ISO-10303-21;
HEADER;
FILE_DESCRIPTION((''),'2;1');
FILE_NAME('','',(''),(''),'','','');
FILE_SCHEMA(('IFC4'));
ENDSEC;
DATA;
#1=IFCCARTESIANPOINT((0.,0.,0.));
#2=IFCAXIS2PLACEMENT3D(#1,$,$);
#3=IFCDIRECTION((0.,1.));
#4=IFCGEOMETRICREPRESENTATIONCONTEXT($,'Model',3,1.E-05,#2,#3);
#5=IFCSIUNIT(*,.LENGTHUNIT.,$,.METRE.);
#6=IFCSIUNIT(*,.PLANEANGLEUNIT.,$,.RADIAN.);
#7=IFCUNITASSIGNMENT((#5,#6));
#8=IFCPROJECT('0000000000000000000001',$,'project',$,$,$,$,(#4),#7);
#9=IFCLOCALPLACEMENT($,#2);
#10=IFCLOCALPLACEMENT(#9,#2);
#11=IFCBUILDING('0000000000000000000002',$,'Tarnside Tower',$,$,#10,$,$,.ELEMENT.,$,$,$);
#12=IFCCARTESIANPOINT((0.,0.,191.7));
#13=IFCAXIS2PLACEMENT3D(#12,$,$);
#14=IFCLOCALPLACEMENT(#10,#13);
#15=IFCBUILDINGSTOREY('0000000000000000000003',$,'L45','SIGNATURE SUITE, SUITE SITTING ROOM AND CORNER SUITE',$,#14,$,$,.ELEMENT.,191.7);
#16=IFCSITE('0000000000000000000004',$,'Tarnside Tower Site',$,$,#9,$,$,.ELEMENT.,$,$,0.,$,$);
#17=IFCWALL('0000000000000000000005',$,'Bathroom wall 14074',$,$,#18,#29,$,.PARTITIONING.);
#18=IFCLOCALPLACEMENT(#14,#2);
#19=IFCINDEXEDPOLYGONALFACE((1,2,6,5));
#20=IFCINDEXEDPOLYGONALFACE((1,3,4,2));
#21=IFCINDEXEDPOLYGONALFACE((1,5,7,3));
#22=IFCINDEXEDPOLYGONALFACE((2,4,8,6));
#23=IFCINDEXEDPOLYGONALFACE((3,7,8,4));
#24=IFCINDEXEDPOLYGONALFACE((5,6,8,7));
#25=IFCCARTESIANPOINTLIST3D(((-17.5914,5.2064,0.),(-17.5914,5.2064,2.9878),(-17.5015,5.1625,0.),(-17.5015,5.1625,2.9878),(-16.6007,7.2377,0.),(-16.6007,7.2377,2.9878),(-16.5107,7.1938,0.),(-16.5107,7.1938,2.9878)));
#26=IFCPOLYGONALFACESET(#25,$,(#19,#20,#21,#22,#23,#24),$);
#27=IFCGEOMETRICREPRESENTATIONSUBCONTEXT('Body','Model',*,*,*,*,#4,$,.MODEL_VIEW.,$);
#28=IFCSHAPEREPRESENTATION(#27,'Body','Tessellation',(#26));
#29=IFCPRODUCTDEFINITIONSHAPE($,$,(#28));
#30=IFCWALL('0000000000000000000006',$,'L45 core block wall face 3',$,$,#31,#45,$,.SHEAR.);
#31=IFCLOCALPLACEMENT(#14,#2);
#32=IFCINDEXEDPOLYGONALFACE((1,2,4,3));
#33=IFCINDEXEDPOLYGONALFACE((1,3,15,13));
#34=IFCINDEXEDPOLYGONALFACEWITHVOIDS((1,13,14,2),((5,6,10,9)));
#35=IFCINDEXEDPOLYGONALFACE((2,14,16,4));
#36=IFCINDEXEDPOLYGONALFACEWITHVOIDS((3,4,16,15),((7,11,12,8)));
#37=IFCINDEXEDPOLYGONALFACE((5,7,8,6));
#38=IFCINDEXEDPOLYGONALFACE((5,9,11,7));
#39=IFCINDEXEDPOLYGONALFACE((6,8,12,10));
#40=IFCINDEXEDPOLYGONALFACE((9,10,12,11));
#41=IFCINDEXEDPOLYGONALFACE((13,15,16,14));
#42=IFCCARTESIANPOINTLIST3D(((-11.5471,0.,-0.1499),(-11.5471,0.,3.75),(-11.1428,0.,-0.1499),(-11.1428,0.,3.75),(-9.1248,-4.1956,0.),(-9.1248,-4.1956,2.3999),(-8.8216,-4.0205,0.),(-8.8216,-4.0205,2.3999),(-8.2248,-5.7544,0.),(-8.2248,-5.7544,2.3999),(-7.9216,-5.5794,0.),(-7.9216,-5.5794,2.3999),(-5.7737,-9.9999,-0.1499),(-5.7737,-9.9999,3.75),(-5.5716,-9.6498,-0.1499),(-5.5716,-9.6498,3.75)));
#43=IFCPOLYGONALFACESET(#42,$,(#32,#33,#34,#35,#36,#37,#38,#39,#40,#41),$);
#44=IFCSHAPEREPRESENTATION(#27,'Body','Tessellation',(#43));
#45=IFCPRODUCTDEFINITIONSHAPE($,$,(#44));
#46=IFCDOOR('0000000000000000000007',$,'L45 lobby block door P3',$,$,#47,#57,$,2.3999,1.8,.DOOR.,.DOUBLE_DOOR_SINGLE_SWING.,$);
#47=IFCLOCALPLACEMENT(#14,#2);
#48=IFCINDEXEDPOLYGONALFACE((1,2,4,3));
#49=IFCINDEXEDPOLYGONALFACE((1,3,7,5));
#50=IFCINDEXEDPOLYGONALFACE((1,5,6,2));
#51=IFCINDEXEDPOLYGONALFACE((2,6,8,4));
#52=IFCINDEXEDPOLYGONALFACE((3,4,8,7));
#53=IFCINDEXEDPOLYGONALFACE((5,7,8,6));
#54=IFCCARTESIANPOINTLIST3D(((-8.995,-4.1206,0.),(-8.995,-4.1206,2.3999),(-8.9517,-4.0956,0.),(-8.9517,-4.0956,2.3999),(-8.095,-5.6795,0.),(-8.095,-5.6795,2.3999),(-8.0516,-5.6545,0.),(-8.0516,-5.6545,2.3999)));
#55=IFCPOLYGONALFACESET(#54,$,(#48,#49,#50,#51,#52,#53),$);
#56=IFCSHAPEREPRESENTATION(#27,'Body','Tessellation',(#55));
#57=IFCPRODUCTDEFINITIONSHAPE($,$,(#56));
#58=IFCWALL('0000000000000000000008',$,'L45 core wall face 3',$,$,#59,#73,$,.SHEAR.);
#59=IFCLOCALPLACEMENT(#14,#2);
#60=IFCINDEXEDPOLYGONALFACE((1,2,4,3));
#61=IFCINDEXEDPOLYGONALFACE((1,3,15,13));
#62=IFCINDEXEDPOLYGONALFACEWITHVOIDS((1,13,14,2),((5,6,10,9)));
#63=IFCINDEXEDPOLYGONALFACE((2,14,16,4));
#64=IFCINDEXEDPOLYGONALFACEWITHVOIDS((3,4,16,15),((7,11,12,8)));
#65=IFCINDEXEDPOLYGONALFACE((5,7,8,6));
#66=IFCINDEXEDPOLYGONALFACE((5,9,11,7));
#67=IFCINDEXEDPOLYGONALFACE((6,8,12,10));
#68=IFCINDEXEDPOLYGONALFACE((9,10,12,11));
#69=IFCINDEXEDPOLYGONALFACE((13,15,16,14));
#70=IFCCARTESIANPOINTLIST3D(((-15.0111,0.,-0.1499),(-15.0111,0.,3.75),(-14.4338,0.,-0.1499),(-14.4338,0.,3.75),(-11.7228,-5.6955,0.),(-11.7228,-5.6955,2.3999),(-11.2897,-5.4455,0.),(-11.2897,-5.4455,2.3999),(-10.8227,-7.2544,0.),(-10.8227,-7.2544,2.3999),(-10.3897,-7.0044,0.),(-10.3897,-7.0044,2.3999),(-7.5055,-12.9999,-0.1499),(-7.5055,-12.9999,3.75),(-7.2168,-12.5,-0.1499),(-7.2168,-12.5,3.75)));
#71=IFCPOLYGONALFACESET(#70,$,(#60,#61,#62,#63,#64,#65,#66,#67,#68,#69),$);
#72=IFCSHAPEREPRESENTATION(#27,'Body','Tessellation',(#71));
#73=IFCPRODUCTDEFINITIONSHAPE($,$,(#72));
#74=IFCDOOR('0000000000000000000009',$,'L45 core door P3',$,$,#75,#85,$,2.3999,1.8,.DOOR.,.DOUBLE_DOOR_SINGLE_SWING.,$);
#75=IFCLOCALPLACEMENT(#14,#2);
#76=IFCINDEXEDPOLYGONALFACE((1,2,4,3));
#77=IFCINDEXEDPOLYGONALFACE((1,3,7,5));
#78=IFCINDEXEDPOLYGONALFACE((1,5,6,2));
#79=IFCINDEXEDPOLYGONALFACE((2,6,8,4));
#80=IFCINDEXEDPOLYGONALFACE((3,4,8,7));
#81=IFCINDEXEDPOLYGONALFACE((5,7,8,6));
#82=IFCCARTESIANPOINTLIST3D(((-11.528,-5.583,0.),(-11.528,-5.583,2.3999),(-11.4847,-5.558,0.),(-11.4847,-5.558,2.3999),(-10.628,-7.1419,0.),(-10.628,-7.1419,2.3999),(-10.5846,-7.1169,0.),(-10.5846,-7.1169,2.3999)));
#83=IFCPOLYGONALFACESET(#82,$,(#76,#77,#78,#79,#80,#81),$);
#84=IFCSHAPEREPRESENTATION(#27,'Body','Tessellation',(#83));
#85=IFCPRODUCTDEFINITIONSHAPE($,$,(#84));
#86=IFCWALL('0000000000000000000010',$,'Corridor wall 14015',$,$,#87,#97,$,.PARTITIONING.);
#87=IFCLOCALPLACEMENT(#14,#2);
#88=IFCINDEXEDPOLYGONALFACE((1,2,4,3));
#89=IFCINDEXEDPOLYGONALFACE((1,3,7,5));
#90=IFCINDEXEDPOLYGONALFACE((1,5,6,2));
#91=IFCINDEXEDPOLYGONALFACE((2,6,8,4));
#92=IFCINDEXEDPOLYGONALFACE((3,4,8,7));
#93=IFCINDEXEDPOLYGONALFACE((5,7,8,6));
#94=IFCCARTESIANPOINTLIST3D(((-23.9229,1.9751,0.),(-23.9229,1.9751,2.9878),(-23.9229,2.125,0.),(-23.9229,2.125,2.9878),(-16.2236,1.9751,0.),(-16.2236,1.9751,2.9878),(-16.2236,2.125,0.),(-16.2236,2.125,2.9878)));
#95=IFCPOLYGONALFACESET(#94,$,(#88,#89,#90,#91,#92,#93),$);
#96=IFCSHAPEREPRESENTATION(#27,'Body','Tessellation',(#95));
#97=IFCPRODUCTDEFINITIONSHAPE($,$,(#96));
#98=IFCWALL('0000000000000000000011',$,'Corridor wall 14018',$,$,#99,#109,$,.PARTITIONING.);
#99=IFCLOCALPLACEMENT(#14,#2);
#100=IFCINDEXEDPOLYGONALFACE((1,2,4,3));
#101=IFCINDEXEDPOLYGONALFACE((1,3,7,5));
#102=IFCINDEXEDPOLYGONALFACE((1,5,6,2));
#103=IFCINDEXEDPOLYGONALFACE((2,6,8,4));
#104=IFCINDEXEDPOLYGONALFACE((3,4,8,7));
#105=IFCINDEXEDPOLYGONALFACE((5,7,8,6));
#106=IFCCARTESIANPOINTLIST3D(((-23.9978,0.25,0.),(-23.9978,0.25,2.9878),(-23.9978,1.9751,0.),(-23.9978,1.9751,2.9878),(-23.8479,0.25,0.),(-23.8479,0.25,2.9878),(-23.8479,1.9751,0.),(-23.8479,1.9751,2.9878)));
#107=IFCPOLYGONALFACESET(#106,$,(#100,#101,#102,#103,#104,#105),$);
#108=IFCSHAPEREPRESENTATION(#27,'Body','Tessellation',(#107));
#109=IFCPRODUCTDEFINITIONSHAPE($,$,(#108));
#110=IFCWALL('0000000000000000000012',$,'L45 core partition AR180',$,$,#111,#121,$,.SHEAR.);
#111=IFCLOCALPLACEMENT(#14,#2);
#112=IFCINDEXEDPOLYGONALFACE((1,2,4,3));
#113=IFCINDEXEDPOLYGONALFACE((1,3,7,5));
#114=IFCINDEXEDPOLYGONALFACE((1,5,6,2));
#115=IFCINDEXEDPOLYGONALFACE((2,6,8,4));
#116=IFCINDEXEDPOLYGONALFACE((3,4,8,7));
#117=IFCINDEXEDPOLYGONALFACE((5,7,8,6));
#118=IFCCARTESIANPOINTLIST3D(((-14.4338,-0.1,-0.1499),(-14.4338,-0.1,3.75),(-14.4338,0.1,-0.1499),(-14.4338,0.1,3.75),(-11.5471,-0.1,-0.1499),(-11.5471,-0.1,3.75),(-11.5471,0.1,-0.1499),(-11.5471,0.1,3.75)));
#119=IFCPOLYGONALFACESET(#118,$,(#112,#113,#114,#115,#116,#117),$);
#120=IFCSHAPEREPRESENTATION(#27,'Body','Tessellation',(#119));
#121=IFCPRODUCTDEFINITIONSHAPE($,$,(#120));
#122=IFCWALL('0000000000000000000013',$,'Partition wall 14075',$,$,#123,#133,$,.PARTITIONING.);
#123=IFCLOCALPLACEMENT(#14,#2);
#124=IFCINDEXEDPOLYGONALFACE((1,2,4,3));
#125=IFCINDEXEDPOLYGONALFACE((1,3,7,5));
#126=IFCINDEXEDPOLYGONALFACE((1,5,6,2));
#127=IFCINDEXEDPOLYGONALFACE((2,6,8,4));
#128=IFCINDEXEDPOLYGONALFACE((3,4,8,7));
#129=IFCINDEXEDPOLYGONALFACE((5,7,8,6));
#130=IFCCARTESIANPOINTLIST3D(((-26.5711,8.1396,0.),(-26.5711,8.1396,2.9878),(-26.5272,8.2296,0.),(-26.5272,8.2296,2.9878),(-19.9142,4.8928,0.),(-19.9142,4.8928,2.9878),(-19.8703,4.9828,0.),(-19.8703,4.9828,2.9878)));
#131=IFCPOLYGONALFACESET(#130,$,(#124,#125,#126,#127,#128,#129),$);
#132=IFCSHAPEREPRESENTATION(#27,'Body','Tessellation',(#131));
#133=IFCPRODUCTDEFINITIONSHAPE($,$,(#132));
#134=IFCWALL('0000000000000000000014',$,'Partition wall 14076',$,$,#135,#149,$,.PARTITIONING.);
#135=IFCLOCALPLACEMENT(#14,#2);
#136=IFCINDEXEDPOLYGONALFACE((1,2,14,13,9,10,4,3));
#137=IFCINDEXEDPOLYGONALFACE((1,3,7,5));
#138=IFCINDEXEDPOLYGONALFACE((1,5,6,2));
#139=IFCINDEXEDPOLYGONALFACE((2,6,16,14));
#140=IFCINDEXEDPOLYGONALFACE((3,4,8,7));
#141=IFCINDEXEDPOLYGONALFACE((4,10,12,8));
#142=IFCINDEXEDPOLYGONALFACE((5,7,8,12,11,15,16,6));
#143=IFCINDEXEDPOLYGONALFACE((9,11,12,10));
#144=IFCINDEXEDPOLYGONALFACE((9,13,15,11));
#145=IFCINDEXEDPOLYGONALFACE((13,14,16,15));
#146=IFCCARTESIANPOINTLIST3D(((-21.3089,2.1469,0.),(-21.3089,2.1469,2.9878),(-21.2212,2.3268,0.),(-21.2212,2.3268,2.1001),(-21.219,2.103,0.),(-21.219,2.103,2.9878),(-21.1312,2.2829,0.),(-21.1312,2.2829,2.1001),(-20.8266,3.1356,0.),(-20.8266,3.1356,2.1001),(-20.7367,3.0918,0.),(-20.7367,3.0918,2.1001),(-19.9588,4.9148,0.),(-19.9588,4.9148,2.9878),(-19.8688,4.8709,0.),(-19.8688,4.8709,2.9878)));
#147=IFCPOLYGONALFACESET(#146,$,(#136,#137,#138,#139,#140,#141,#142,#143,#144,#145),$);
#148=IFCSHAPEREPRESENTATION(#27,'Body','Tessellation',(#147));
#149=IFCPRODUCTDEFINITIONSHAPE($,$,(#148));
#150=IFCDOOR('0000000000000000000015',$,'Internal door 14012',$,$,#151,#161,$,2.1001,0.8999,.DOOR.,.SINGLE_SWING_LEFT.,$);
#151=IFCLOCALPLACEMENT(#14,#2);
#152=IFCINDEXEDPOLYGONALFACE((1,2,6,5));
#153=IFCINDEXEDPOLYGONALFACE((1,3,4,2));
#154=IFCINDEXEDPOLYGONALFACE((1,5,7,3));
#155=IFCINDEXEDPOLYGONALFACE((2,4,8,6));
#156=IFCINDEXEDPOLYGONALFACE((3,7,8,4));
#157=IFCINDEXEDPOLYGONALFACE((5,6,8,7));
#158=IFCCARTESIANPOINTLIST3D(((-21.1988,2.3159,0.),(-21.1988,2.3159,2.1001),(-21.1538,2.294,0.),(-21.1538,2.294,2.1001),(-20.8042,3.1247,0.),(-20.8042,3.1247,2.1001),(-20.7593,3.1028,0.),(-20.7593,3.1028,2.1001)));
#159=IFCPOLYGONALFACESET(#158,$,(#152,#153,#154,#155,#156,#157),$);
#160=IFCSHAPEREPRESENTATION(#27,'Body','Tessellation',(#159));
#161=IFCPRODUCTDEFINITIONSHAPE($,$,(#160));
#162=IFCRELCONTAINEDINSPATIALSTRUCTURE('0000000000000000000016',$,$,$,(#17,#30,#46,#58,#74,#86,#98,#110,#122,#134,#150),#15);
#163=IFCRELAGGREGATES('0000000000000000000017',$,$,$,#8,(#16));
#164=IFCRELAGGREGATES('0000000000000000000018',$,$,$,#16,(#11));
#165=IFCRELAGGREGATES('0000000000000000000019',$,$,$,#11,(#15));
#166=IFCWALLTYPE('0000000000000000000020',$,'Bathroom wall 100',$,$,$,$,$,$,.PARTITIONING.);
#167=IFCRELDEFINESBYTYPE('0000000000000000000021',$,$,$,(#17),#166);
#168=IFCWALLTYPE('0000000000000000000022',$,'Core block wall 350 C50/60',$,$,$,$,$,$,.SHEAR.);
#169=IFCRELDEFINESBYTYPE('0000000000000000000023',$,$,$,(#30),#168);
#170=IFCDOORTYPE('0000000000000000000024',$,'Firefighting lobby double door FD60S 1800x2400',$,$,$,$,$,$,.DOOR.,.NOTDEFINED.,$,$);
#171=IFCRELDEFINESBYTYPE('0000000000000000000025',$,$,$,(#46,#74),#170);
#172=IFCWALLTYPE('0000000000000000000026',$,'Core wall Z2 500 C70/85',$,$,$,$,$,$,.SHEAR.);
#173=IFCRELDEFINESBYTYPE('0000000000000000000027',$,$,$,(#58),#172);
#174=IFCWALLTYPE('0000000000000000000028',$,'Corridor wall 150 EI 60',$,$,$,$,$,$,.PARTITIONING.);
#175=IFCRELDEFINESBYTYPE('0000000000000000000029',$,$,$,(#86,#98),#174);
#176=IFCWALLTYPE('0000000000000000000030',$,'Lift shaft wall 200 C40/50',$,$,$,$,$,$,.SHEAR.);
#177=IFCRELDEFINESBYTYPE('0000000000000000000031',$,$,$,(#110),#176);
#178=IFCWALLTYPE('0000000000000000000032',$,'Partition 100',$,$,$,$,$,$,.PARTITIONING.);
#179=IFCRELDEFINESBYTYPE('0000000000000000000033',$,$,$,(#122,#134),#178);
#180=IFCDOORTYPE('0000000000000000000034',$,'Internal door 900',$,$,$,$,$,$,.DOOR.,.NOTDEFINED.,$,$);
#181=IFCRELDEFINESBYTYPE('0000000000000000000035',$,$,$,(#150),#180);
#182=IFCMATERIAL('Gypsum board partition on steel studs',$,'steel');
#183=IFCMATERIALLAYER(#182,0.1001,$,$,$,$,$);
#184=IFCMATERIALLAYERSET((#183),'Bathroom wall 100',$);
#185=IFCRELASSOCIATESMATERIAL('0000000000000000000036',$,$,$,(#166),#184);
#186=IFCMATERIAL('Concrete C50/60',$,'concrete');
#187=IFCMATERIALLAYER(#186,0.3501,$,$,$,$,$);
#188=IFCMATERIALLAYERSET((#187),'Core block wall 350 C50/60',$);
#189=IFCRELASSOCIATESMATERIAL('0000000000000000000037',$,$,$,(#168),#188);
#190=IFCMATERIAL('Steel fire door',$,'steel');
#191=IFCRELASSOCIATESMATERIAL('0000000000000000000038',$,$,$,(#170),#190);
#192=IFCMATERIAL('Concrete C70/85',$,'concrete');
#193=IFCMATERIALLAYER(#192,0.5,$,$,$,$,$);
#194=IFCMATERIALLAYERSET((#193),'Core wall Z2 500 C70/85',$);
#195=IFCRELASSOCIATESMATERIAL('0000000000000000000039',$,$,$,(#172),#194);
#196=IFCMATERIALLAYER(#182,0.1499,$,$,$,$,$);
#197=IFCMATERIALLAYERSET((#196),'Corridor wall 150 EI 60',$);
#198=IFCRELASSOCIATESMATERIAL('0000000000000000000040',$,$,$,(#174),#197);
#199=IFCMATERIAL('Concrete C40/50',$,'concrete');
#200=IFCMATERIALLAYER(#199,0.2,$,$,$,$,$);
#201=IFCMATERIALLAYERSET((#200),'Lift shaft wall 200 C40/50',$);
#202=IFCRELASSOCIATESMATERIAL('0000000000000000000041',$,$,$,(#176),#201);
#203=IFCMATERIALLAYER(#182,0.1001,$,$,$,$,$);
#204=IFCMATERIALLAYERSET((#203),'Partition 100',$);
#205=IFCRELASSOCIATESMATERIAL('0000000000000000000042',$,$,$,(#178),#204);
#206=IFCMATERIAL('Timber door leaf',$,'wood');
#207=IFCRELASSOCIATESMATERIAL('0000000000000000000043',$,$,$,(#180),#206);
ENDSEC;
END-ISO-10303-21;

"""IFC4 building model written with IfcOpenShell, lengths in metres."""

from ifc_helpers import new_model, si_unit, direction, frame, frame_2d, origin, place, context, subcontext, project, spatial, polyline, rectangle, outline, extrude, material, layer, layer_set, type_object, element, fill, save


model = new_model("IFC4")

# Units and contexts
model_context = context("Model", 3, precision=1e-05, world=origin(), true_north=direction((0.0, 1.0)))
body_context = subcontext(model_context, "Body", "Model", "MODEL_VIEW")
ifc_project = project(units=[si_unit("LENGTHUNIT", "METRE"), si_unit("PLANEANGLEUNIT", "RADIAN")], contexts=[model_context])

# Site, building, storey
site_placement = place(None, origin())
site = spatial("IfcSite", under=ifc_project, at=site_placement, Name="Tarnside Tower Site", CompositionType="ELEMENT", RefElevation=0.0)
building_placement = place(site_placement, origin())
building = spatial("IfcBuilding", under=site, at=building_placement, Name="Tarnside Tower", CompositionType="ELEMENT")
storey_placement = place(building_placement, frame((0.0, 0.0, 191.7)))
storey = spatial("IfcBuildingStorey", under=building, at=storey_placement, Name="L45", Description="SIGNATURE SUITE, SUITE SITTING ROOM AND CORNER SUITE", CompositionType="ELEMENT", Elevation=191.7)

# Shared definitions
ifc_material_1 = material(Name="Gypsum board partition on steel studs", Category="steel")
ifc_layer_1 = layer(ifc_material_1, 0.1001)
ifc_layer_set_1 = layer_set([ifc_layer_1], Name="Bathroom wall 100")
wall_type_1 = type_object("IfcWallType", Name="Bathroom wall 100", PredefinedType="PARTITIONING", material=ifc_layer_set_1)

# Shared definitions
ifc_material_2 = material(Name="Timber door leaf", Category="wood")

# Wall
wall_1_placement = place(storey_placement, frame((-17.5464, 5.1846, 0.0), z_axis=(0.0, 0.0, 1.0), x_axis=(0.438377, 0.898791, 0.0)))
element("IfcWall", 1, at=wall_1_placement, inside=storey, type_object=wall_type_1, Name="Bathroom wall 14074", PredefinedType="PARTITIONING", context=body_context, shape_type="SweptSolid", body=[
    extrude(rectangle(XDim=2.26, YDim=0.1001, at=frame_2d((1.1299, 0.0))), origin(), (0.0, 0.0, 1.0), 2.9878),
])

# Walls, openings, doors
ifc_material_3 = material(Name="Concrete C50/60", Category="concrete")
ifc_layer_2 = layer(ifc_material_3, 0.3501)
ifc_layer_set_2 = layer_set([ifc_layer_2], Name="Core block wall 350 C50/60")
wall_type_2 = type_object("IfcWallType", Name="Core block wall 350 C50/60", PredefinedType="SHEAR", material=ifc_layer_set_2)
wall_2_placement = place(storey_placement, frame((-11.345, 0.0, -0.1499), z_axis=(0.0, 0.0, 1.0), x_axis=(0.499995, -0.866028, 0.0)))
wall_2 = element("IfcWall", 2, at=wall_2_placement, inside=storey, type_object=wall_type_2, Name="L45 core block wall face 3", PredefinedType="SHEAR", context=body_context, shape_type="SweptSolid", body=[
    extrude(outline(polyline([(-0.1011, -0.175), (11.4458, -0.175), (11.2437, 0.175), (0.1011, 0.175), (-0.1011, -0.175)])), origin(), (0.0, 0.0, 1.0), 3.8999),
])
opening_1_placement = place(wall_2_placement, frame((4.7437, 0.0, 0.1499)))
opening_1 = element("IfcOpeningElement", 3, at=opening_1_placement, cuts=wall_2, PredefinedType="OPENING", context=body_context, shape_type="SweptSolid", body=[
    extrude(rectangle(XDim=1.8, YDim=2.3999, at=frame_2d((0.8999, 1.2))), frame((0.0, 0.1851, 0.0), z_axis=(0.0, -1.0, 0.0), x_axis=(1.0, 0.0, 0.0)), (0.0, 0.0, 1.0), 0.3701),
])
ifc_material_4 = material(Name="Steel fire door", Category="steel")
door_type_1 = type_object("IfcDoorType", Name="Firefighting lobby double door FD60S 1800x2400", OperationType="NOTDEFINED", PredefinedType="DOOR", material=ifc_material_4)
door_1_placement = place(opening_1_placement, origin())
door_1 = element("IfcDoor", 4, at=door_1_placement, inside=storey, type_object=door_type_1, Name="L45 lobby block door P3", OperationType="DOUBLE_DOOR_SINGLE_SWING", OverallHeight=2.3999, OverallWidth=1.8, PredefinedType="DOOR", context=body_context, shape_type="SweptSolid", body=[
    extrude(rectangle(XDim=1.8, YDim=2.3999, at=frame_2d((0.8999, 1.2))), frame((0.0, 0.0249, 0.0), z_axis=(0.0, -1.0, 0.0), x_axis=(1.0, 0.0, 0.0)), (0.0, 0.0, 1.0), 0.05),
])
fill(opening_1, door_1)
ifc_material_5 = material(Name="Concrete C70/85", Category="concrete")
ifc_layer_3 = layer(ifc_material_5, 0.5)
ifc_layer_set_3 = layer_set([ifc_layer_3], Name="Core wall Z2 500 C70/85")
wall_type_3 = type_object("IfcWallType", Name="Core wall Z2 500 C70/85", PredefinedType="SHEAR", material=ifc_layer_set_3)
wall_3_placement = place(storey_placement, frame((-14.7224, 0.0, -0.1499), z_axis=(0.0, 0.0, 1.0), x_axis=(0.500006, -0.866022, 0.0)))
wall_3 = element("IfcWall", 5, at=wall_3_placement, inside=storey, type_object=wall_type_3, Name="L45 core wall face 3", PredefinedType="SHEAR", context=body_context, shape_type="SweptSolid", body=[
    extrude(outline(polyline([(-0.1443, -0.25), (14.8667, -0.25), (14.5781, 0.25), (0.1443, 0.25), (-0.1443, -0.25)])), origin(), (0.0, 0.0, 1.0), 3.8999),
])
opening_2_placement = place(wall_3_placement, frame((6.4324, 0.0, 0.1499)))
opening_2 = element("IfcOpeningElement", 6, at=opening_2_placement, cuts=wall_3, PredefinedType="OPENING", context=body_context, shape_type="SweptSolid", body=[
    extrude(rectangle(XDim=1.8, YDim=2.3999, at=frame_2d((0.8999, 1.2))), frame((0.0, 0.26, 0.0), z_axis=(0.0, -1.0, 0.0), x_axis=(1.0, 0.0, 0.0)), (0.0, 0.0, 1.0), 0.52),
])
door_2_placement = place(opening_2_placement, origin())
door_2 = element("IfcDoor", 7, at=door_2_placement, inside=storey, type_object=door_type_1, Name="L45 core door P3", OperationType="DOUBLE_DOOR_SINGLE_SWING", OverallHeight=2.3999, OverallWidth=1.8, PredefinedType="DOOR", context=body_context, shape_type="SweptSolid", body=[
    extrude(rectangle(XDim=1.8, YDim=2.3999, at=frame_2d((0.8999, 1.2))), frame((0.0, 0.0249, 0.0), z_axis=(0.0, -1.0, 0.0), x_axis=(1.0, 0.0, 0.0)), (0.0, 0.0, 1.0), 0.05),
])
fill(opening_2, door_2)

# Walls
ifc_layer_4 = layer(ifc_material_1, 0.1499)
ifc_layer_set_4 = layer_set([ifc_layer_4], Name="Corridor wall 150 EI 60")
wall_type_4 = type_object("IfcWallType", Name="Corridor wall 150 EI 60", PredefinedType="PARTITIONING", material=ifc_layer_set_4)
wall_4_placement = place(storey_placement, frame((-16.2236, 2.05, 0.0), z_axis=(0.0, 0.0, 1.0), x_axis=(-1.0, 0.0, 0.0)))
element("IfcWall", 8, at=wall_4_placement, inside=storey, type_object=wall_type_4, Name="Corridor wall 14015", PredefinedType="PARTITIONING", context=body_context, shape_type="SweptSolid", body=[
    extrude(rectangle(XDim=7.6992, YDim=0.1499, at=frame_2d((3.8496, 0.0))), origin(), (0.0, 0.0, 1.0), 2.9878),
])
wall_5_placement = place(storey_placement, frame((-23.9229, 1.9751, 0.0), z_axis=(0.0, 0.0, 1.0), x_axis=(0.0, -1.0, 0.0)))
element("IfcWall", 9, at=wall_5_placement, inside=storey, type_object=wall_type_4, Name="Corridor wall 14018", PredefinedType="PARTITIONING", context=body_context, shape_type="SweptSolid", body=[
    extrude(rectangle(XDim=1.7251, YDim=0.1499, at=frame_2d((0.8625, 0.0))), origin(), (0.0, 0.0, 1.0), 2.9878),
])
ifc_material_6 = material(Name="Concrete C40/50", Category="concrete")
ifc_layer_5 = layer(ifc_material_6, 0.2)
ifc_layer_set_5 = layer_set([ifc_layer_5], Name="Lift shaft wall 200 C40/50")
wall_type_5 = type_object("IfcWallType", Name="Lift shaft wall 200 C40/50", PredefinedType="SHEAR", material=ifc_layer_set_5)
wall_6_placement = place(storey_placement, frame((-11.5471, 0.0, -0.1499), z_axis=(0.0, 0.0, 1.0), x_axis=(-1.0, 0.0, 0.0)))
element("IfcWall", 10, at=wall_6_placement, inside=storey, type_object=wall_type_5, Name="L45 core partition AR180", PredefinedType="SHEAR", context=body_context, shape_type="SweptSolid", body=[
    extrude(rectangle(XDim=2.8867, YDim=0.2, at=frame_2d((1.4434, 0.0))), origin(), (0.0, 0.0, 1.0), 3.8999),
])
ifc_layer_6 = layer(ifc_material_1, 0.1001)
ifc_layer_set_6 = layer_set([ifc_layer_6], Name="Partition 100")
wall_type_6 = type_object("IfcWallType", Name="Partition 100", PredefinedType="PARTITIONING", material=ifc_layer_set_6)
wall_7_placement = place(storey_placement, frame((-26.5491, 8.1846, 0.0), z_axis=(0.0, 0.0, 1.0), x_axis=(0.898794, -0.438371, 0.0)))
element("IfcWall", 11, at=wall_7_placement, inside=storey, type_object=wall_type_6, Name="Partition wall 14075", PredefinedType="PARTITIONING", context=body_context, shape_type="SweptSolid", body=[
    extrude(rectangle(XDim=7.4065, YDim=0.1001, at=frame_2d((3.7031, 0.0))), origin(), (0.0, 0.0, 1.0), 2.9878),
])

# Wall, opening, door
wall_8_placement = place(storey_placement, frame((-19.9138, 4.8928, 0.0), z_axis=(0.0, 0.0, 1.0), x_axis=(-0.438408, -0.898776, 0.0)))
wall_8 = element("IfcWall", 12, at=wall_8_placement, inside=storey, type_object=wall_type_6, Name="Partition wall 14076", PredefinedType="PARTITIONING", context=body_context, shape_type="SweptSolid", body=[
    extrude(rectangle(XDim=3.0796, YDim=0.1001, at=frame_2d((1.5398, 0.0))), origin(), (0.0, 0.0, 1.0), 2.9878),
])
opening_3_placement = place(wall_8_placement, frame((1.9795, 0.0, 0.0)))
opening_3 = element("IfcOpeningElement", 13, at=opening_3_placement, cuts=wall_8, PredefinedType="OPENING", context=body_context, shape_type="SweptSolid", body=[
    extrude(rectangle(XDim=0.8999, YDim=2.1001, at=frame_2d((0.45, 1.05))), frame((0.0, 0.0601, 0.0), z_axis=(0.0, -1.0, 0.0), x_axis=(1.0, 0.0, 0.0)), (0.0, 0.0, 1.0), 0.1201),
])
door_type_2 = type_object("IfcDoorType", Name="Internal door 900", OperationType="NOTDEFINED", PredefinedType="DOOR", material=ifc_material_2)
door_3_placement = place(opening_3_placement, origin())
door_3 = element("IfcDoor", 14, at=door_3_placement, inside=storey, type_object=door_type_2, Name="Internal door 14012", OperationType="SINGLE_SWING_LEFT", OverallHeight=2.1001, OverallWidth=0.8999, PredefinedType="DOOR", context=body_context, shape_type="SweptSolid", body=[
    extrude(rectangle(XDim=0.8999, YDim=2.1001, at=frame_2d((0.45, 1.05))), frame((0.0, 0.0249, 0.0), z_axis=(0.0, -1.0, 0.0), x_axis=(1.0, 0.0, 0.0)), (0.0, 0.0, 1.0), 0.05),
])
fill(opening_3, door_3)

save(model, "model.ifc")
